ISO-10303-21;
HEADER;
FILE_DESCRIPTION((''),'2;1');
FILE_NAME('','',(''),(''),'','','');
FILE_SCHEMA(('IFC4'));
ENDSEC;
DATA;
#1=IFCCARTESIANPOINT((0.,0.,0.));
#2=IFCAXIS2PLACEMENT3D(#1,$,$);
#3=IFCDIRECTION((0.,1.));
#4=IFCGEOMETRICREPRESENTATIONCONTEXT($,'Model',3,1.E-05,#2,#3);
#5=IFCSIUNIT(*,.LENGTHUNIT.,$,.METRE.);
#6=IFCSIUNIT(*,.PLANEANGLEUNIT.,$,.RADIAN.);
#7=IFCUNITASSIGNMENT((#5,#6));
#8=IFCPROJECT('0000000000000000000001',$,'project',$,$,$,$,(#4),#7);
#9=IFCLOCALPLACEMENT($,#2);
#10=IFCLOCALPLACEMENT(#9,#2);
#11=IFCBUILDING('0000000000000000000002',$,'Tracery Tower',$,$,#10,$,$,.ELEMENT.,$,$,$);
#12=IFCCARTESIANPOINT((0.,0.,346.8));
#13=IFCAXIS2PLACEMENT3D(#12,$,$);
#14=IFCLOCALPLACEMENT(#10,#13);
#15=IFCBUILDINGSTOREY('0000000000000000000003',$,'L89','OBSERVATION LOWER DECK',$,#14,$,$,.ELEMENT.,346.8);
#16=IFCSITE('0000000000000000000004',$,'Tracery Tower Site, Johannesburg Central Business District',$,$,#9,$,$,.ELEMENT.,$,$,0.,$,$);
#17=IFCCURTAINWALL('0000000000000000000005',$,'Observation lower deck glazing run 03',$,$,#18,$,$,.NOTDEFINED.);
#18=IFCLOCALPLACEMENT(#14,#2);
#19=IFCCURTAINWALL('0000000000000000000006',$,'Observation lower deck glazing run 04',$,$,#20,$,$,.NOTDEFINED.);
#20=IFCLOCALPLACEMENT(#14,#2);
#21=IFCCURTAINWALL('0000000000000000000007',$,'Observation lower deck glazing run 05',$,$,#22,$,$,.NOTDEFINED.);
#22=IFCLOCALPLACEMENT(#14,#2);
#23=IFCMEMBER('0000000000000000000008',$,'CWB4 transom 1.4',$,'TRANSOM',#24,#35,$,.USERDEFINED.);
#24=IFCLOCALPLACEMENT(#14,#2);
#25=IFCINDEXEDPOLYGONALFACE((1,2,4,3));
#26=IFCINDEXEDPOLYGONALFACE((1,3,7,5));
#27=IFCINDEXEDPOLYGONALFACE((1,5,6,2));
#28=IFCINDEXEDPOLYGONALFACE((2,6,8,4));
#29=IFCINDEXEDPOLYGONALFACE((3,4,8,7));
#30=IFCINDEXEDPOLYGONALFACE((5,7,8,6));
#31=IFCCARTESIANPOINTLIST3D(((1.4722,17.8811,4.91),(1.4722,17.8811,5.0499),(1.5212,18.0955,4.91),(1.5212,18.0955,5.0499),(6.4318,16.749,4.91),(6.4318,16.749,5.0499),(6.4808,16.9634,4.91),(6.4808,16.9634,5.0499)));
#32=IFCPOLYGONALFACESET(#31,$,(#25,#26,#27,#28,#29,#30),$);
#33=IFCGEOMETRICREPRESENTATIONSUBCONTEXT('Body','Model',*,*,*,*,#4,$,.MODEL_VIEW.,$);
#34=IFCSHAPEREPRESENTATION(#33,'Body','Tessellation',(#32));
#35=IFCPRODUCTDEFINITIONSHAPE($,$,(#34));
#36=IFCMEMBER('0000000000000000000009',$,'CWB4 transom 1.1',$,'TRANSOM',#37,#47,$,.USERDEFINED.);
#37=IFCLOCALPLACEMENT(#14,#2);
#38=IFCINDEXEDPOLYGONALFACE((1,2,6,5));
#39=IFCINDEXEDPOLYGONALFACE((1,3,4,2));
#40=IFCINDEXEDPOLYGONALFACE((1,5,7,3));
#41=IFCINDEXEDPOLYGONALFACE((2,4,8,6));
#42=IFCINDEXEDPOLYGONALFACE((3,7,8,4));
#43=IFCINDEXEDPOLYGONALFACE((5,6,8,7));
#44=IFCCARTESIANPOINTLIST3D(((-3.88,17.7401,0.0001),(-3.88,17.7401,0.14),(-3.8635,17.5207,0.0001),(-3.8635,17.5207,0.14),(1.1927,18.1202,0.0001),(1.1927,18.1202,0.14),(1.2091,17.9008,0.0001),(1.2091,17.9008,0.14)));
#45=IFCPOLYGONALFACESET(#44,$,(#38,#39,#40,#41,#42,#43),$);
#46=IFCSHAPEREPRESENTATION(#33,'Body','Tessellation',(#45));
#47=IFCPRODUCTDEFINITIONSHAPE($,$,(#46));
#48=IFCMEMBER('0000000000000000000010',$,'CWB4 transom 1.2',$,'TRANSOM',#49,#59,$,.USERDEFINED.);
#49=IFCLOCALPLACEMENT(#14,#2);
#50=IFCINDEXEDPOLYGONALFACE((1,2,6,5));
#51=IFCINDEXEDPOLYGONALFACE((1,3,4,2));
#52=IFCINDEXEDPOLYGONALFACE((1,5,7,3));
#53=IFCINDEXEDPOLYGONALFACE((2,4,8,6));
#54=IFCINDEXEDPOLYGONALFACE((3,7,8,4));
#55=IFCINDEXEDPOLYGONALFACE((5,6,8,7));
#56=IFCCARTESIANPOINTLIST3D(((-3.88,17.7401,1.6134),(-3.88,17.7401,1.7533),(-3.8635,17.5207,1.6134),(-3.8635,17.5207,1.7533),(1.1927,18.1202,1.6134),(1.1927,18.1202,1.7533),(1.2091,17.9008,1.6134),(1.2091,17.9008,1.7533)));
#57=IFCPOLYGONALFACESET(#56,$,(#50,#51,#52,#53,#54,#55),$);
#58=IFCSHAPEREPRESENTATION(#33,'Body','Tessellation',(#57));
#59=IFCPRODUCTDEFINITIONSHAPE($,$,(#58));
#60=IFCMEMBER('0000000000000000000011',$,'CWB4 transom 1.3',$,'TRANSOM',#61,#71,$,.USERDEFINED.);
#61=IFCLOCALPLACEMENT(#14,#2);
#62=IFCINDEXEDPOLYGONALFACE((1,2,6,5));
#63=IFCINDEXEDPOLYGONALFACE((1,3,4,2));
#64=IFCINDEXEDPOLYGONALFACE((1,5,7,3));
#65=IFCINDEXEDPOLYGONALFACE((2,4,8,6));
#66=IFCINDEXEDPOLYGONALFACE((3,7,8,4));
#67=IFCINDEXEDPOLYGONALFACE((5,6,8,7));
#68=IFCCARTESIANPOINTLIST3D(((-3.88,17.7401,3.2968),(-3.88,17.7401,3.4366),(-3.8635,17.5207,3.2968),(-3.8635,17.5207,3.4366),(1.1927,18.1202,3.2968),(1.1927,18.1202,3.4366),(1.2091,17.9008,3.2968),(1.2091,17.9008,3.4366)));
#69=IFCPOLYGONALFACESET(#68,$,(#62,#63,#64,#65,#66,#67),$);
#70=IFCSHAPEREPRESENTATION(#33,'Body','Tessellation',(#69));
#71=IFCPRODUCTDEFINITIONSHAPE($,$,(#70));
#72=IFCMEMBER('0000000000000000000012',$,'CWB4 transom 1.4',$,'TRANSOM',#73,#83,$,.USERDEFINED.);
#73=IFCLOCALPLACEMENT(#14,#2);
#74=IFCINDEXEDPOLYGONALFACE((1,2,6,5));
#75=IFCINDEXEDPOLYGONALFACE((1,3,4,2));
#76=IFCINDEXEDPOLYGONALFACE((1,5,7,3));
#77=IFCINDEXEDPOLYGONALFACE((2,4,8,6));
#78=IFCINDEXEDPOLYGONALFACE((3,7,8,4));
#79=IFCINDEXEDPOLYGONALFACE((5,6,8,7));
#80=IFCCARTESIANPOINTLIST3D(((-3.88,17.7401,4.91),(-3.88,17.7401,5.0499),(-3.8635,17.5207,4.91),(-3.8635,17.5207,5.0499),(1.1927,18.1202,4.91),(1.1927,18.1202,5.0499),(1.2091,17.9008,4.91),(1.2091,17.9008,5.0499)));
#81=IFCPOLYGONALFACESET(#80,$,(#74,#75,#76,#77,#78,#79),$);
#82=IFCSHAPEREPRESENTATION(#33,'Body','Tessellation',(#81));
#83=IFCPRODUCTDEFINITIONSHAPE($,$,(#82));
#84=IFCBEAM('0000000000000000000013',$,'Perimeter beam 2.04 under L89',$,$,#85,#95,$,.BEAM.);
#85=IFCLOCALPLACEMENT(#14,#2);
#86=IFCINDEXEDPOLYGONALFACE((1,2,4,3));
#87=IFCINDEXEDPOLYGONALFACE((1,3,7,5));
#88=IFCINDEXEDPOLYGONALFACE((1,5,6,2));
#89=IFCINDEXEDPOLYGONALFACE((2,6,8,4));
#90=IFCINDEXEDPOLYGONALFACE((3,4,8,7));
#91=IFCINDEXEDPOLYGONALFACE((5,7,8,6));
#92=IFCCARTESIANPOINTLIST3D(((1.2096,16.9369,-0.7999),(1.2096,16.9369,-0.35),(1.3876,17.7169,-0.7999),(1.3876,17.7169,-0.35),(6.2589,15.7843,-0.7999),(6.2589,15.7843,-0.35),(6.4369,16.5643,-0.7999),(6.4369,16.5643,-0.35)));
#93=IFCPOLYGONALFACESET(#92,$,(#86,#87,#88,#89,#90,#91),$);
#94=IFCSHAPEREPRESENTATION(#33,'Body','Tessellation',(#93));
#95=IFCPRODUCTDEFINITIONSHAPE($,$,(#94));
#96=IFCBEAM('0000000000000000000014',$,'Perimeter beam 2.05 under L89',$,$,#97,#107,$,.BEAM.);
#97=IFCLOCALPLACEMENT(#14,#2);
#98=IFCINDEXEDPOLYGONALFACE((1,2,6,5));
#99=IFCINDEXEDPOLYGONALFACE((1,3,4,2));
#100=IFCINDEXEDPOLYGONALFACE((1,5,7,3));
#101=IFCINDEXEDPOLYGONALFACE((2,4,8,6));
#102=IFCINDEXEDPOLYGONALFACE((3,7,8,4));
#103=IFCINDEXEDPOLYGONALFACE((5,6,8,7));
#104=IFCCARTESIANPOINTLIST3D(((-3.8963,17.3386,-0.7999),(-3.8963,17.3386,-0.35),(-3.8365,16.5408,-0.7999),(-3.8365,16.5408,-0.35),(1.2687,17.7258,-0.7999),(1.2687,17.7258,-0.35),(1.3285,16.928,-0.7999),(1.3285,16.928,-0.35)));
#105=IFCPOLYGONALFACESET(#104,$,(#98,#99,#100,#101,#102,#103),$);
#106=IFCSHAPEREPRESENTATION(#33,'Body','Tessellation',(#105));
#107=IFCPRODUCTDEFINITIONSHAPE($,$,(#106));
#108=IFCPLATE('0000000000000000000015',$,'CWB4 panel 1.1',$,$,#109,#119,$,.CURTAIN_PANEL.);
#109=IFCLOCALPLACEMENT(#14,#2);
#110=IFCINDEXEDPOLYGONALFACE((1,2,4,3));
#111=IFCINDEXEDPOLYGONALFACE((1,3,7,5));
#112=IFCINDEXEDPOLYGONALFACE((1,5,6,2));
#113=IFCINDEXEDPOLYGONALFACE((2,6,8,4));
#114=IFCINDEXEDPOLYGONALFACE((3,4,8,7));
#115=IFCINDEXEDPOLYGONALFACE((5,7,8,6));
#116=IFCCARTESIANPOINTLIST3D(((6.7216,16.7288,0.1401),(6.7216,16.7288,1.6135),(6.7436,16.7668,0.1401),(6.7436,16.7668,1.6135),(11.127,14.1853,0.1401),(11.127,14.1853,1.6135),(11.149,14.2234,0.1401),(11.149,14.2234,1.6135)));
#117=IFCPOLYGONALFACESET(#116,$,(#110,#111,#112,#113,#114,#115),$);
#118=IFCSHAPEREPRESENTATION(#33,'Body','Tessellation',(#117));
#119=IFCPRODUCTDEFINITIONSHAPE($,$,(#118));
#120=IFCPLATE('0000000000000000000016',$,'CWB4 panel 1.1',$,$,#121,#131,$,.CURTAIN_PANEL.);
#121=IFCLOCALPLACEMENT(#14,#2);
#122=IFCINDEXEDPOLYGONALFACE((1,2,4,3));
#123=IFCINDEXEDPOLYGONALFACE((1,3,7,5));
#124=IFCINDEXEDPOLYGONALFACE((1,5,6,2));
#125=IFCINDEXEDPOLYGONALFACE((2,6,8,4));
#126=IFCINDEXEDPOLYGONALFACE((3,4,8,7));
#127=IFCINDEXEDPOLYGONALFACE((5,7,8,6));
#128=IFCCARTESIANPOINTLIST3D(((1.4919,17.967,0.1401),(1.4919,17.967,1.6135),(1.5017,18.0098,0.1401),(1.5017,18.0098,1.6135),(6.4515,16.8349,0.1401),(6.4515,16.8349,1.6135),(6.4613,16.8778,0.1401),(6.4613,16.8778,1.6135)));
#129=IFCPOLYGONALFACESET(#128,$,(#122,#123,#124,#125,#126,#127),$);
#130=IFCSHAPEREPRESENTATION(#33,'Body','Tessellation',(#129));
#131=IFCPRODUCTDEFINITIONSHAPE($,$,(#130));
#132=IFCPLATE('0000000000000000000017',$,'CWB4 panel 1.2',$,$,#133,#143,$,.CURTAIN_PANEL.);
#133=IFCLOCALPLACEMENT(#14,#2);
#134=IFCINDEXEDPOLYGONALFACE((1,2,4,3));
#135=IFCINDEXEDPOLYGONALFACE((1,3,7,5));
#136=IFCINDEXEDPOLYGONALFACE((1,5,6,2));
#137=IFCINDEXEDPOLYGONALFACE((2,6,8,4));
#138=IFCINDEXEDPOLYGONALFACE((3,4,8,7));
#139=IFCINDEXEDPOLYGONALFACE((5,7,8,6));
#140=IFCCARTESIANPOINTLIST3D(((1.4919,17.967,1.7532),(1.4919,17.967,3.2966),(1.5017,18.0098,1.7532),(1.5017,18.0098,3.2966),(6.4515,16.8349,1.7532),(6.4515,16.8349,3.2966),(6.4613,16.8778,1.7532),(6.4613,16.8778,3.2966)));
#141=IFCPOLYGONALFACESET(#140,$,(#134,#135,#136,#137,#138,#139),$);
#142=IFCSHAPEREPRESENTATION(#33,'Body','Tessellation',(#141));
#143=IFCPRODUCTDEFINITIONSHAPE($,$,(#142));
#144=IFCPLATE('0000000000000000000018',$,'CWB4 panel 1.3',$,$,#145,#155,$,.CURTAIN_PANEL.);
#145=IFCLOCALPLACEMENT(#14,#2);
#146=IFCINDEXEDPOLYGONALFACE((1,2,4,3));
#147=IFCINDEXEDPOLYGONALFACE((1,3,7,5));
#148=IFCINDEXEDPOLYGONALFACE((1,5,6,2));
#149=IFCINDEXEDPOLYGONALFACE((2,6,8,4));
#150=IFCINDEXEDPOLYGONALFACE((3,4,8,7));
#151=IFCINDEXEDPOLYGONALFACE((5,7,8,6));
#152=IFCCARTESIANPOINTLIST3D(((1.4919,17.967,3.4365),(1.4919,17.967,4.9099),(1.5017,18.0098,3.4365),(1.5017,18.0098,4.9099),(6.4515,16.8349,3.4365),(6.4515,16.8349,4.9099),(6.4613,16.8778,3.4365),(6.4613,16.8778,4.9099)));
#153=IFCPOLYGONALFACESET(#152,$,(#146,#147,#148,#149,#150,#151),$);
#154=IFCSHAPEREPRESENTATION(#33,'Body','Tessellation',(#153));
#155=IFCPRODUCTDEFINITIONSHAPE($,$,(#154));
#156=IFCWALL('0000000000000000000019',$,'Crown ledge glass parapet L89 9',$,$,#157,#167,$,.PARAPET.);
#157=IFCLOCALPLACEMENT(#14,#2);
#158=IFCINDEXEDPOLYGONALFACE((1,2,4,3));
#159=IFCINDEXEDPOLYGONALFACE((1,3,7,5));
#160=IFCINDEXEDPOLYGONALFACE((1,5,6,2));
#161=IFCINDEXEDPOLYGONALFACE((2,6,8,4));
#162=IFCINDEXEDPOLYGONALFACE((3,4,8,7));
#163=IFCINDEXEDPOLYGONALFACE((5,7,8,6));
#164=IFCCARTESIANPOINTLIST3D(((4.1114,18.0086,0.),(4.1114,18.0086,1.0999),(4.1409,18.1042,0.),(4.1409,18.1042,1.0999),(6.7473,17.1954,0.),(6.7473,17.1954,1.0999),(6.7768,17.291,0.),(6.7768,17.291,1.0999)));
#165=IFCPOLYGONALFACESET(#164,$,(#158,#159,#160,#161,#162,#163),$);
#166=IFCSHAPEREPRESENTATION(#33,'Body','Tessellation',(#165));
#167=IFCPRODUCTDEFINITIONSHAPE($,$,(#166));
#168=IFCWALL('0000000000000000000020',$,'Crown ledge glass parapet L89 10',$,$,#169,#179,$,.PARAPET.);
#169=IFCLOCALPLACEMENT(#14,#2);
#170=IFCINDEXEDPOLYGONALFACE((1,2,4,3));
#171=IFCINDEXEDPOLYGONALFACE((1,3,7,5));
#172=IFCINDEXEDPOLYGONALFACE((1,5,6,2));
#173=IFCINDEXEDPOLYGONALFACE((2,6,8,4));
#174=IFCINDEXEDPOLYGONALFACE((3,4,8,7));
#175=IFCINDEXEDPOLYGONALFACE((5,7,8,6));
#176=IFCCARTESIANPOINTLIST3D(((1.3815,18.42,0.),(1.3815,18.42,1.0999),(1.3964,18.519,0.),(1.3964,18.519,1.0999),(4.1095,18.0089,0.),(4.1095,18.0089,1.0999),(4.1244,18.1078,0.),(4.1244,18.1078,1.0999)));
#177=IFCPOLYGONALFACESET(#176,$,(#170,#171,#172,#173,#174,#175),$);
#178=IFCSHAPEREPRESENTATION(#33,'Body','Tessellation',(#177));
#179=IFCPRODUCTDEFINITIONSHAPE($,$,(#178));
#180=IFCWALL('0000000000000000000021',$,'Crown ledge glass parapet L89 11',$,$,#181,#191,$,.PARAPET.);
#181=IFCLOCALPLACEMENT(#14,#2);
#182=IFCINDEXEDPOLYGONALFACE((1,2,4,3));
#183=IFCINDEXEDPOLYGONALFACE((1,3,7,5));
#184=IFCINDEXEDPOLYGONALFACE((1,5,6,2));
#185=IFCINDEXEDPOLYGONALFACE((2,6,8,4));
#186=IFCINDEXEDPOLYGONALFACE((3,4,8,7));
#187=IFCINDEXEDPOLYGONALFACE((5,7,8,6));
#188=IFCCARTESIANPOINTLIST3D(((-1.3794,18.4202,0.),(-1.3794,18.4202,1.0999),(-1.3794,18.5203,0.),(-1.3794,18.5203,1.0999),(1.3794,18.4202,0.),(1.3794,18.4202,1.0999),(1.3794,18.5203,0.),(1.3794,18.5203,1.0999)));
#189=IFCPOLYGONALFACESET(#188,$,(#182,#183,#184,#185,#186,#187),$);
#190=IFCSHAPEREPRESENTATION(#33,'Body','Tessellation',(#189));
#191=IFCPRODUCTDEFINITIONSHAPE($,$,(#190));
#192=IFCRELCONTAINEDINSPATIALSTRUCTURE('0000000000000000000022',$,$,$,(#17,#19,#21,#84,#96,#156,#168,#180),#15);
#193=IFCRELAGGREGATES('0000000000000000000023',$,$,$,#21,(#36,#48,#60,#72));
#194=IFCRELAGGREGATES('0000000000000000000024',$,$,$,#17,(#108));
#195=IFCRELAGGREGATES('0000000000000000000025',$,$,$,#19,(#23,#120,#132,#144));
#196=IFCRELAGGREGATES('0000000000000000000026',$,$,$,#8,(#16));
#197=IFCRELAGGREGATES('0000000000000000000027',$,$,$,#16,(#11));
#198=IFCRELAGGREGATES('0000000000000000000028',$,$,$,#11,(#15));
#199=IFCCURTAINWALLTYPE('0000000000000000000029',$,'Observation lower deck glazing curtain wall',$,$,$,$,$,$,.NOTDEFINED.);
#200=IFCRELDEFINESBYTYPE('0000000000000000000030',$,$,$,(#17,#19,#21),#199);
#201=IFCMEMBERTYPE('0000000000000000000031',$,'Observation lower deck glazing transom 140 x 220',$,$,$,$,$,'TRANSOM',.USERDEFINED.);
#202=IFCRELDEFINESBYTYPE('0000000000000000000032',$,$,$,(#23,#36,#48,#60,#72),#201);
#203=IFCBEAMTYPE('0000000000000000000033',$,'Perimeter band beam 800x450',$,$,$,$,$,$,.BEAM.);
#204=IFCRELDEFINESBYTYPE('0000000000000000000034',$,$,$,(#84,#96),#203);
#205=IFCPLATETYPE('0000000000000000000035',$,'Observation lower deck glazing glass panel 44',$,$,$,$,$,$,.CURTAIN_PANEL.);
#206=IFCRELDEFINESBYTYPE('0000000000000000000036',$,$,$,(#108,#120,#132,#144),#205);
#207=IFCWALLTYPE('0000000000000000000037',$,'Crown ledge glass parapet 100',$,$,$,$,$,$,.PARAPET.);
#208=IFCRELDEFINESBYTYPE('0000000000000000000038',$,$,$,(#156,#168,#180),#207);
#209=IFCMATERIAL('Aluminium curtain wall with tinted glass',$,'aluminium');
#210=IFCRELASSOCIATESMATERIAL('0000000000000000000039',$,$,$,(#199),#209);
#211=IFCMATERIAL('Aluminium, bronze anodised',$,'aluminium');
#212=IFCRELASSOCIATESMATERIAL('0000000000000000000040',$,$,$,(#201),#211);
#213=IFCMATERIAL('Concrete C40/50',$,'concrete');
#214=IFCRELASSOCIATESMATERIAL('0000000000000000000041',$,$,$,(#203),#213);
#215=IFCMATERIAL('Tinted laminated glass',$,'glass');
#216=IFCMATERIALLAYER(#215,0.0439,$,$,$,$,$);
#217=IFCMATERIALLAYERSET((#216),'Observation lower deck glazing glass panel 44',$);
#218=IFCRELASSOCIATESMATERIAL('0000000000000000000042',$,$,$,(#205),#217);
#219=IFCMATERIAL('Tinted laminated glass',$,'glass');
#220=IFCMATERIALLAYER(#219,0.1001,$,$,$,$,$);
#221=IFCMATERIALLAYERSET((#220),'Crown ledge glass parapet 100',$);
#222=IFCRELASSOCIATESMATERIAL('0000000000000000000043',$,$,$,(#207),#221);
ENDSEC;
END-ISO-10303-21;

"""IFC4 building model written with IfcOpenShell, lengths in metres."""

from ifc_helpers import new_model, si_unit, direction, frame, frame_2d, origin, origin_2d, place, context, subcontext, project, spatial, rectangle, extrude, material, layer, layer_set, material_profile, profile_set, type_object, element, aggregate, save


model = new_model("IFC4")

# Units and contexts
model_context = context("Model", 3, precision=1e-05, world=origin(), true_north=direction((0.0, 1.0)))
body_context = subcontext(model_context, "Body", "Model", "MODEL_VIEW")
ifc_project = project(units=[si_unit("LENGTHUNIT", "METRE"), si_unit("PLANEANGLEUNIT", "RADIAN")], contexts=[model_context])

# Site, building, storey
site_placement = place(None, origin())
site = spatial("IfcSite", under=ifc_project, at=site_placement, Name="Tracery Tower Site, Johannesburg Central Business District", CompositionType="ELEMENT", RefElevation=0.0)
building_placement = place(site_placement, origin())
building = spatial("IfcBuilding", under=site, at=building_placement, Name="Tracery Tower", CompositionType="ELEMENT")
storey_placement = place(building_placement, frame((0.0, 0.0, 346.8)))
storey = spatial("IfcBuildingStorey", under=building, at=storey_placement, Name="L89", Description="OBSERVATION LOWER DECK", CompositionType="ELEMENT", Elevation=346.8)

# Curtain wall
ifc_material_1 = material(Name="Aluminium curtain wall with tinted glass", Category="aluminium")
curtain_wall_type = type_object("IfcCurtainWallType", Name="Observation lower deck glazing curtain wall", PredefinedType="NOTDEFINED", material=ifc_material_1)
curtain_wall_1_placement = place(storey_placement, origin())
curtain_wall_1 = element("IfcCurtainWall", 1, at=curtain_wall_1_placement, inside=storey, type_object=curtain_wall_type, Name="Observation lower deck glazing run 03", PredefinedType="NOTDEFINED")

# Curtain wall
curtain_wall_2_placement = place(storey_placement, origin())
curtain_wall_2 = element("IfcCurtainWall", 2, at=curtain_wall_2_placement, inside=storey, type_object=curtain_wall_type, Name="Observation lower deck glazing run 04", PredefinedType="NOTDEFINED")

# Curtain wall
curtain_wall_3_placement = place(storey_placement, origin())
curtain_wall_3 = element("IfcCurtainWall", 3, at=curtain_wall_3_placement, inside=storey, type_object=curtain_wall_type, Name="Observation lower deck glazing run 05", PredefinedType="NOTDEFINED")

# Members
ifc_material_2 = material(Name="Aluminium, bronze anodised", Category="aluminium")
ifc_material_profile_1 = material_profile(ifc_material_2, rectangle(XDim=0.22, YDim=0.1399, at=origin_2d()), Name="Observation lower deck glazing transom 140 x 220")
ifc_profile_set_1 = profile_set([ifc_material_profile_1], Name="Aluminium, bronze anodised")
member_type_1 = type_object("IfcMemberType", Name="Observation lower deck glazing transom 140 x 220", ElementType="TRANSOM", PredefinedType="USERDEFINED", material=ifc_profile_set_1)
member_1_placement = place(storey_placement, frame((6.4563, 16.8562, 4.98), z_axis=(-0.974923, 0.222542, 0.0), x_axis=(-0.222542, -0.974923, 0.0)))
member_1 = element("IfcMember", 4, at=member_1_placement, type_object=member_type_1, Name="CWB4 transom 1.4", ObjectType="TRANSOM", PredefinedType="USERDEFINED", context=body_context, shape_type="SweptSolid", body=[
    extrude(rectangle(XDim=0.22, YDim=0.1399, at=origin_2d()), origin(), (0.0, 0.0, 1.0), 5.0872),
])
member_2_placement = place(storey_placement, frame((1.2009, 18.0105, 0.0701), z_axis=(-0.997204, -0.074726, 0.0), x_axis=(0.074726, -0.997204, 0.0)))
member_2 = element("IfcMember", 5, at=member_2_placement, type_object=member_type_1, Name="CWB4 transom 1.1", ObjectType="TRANSOM", PredefinedType="USERDEFINED", context=body_context, shape_type="SweptSolid", body=[
    extrude(rectangle(XDim=0.22, YDim=0.1399, at=origin_2d()), origin(), (0.0, 0.0, 1.0), 5.0869),
])
member_3_placement = place(storey_placement, frame((1.2009, 18.0105, 1.6833), z_axis=(-0.997204, -0.074726, 0.0), x_axis=(0.074726, -0.997204, 0.0)))
member_3 = element("IfcMember", 6, at=member_3_placement, type_object=member_type_1, Name="CWB4 transom 1.2", ObjectType="TRANSOM", PredefinedType="USERDEFINED", context=body_context, shape_type="SweptSolid", body=[
    extrude(rectangle(XDim=0.22, YDim=0.1399, at=origin_2d()), origin(), (0.0, 0.0, 1.0), 5.0869),
])
member_4_placement = place(storey_placement, frame((1.2009, 18.0105, 3.3667), z_axis=(-0.997204, -0.074726, 0.0), x_axis=(0.074726, -0.997204, 0.0)))
member_4 = element("IfcMember", 7, at=member_4_placement, type_object=member_type_1, Name="CWB4 transom 1.3", ObjectType="TRANSOM", PredefinedType="USERDEFINED", context=body_context, shape_type="SweptSolid", body=[
    extrude(rectangle(XDim=0.22, YDim=0.1399, at=origin_2d()), origin(), (0.0, 0.0, 1.0), 5.0869),
])
member_5_placement = place(storey_placement, frame((1.2009, 18.0105, 4.98), z_axis=(-0.997204, -0.074726, 0.0), x_axis=(0.074726, -0.997204, 0.0)))
member_5 = element("IfcMember", 8, at=member_5_placement, type_object=member_type_1, Name="CWB4 transom 1.4", ObjectType="TRANSOM", PredefinedType="USERDEFINED", context=body_context, shape_type="SweptSolid", body=[
    extrude(rectangle(XDim=0.22, YDim=0.1399, at=origin_2d()), origin(), (0.0, 0.0, 1.0), 5.0869),
])
aggregate(curtain_wall_3, [member_2, member_3, member_4, member_5])

# Beams
ifc_material_3 = material(Name="Concrete C40/50", Category="concrete")
ifc_material_profile_2 = material_profile(ifc_material_3, rectangle(XDim=0.8, YDim=0.45, at=origin_2d()), Name="RC 800x450")
ifc_profile_set_2 = profile_set([ifc_material_profile_2], Name="Concrete C40/50")
beam_type = type_object("IfcBeamType", Name="Perimeter band beam 800x450", PredefinedType="BEAM", material=ifc_profile_set_2)
beam_1_placement = place(storey_placement, frame((6.3479, 16.1743, -0.575), z_axis=(-0.974923, 0.222542, 0.0), x_axis=(-0.222542, -0.974923, 0.0)))
element("IfcBeam", 9, at=beam_1_placement, inside=storey, type_object=beam_type, Name="Perimeter beam 2.04 under L89", PredefinedType="BEAM", context=body_context, shape_type="SweptSolid", body=[
    extrude(rectangle(XDim=0.8, YDim=0.45, at=origin_2d()), origin(), (0.0, 0.0, 1.0), 5.1792),
])
beam_2_placement = place(storey_placement, frame((1.2986, 17.3269, -0.575), z_axis=(-0.997202, -0.074757, 0.0), x_axis=(0.074757, -0.997202, 0.0)))
element("IfcBeam", 10, at=beam_2_placement, inside=storey, type_object=beam_type, Name="Perimeter beam 2.05 under L89", PredefinedType="BEAM", context=body_context, shape_type="SweptSolid", body=[
    extrude(rectangle(XDim=0.8, YDim=0.45, at=origin_2d()), origin(), (0.0, 0.0, 1.0), 5.1794),
])

# Plates
ifc_material_4 = material(Name="Tinted laminated glass", Category="glass")
ifc_layer_1 = layer(ifc_material_4, 0.0439)
ifc_layer_set_1 = layer_set([ifc_layer_1], Name="Observation lower deck glazing glass panel 44")
plate_type = type_object("IfcPlateType", Name="Observation lower deck glazing glass panel 44", PredefinedType="CURTAIN_PANEL", material=ifc_layer_set_1)
plate_1_placement = place(storey_placement, frame((8.9353, 15.4761, 0.1401), z_axis=(0.0, 0.0, 1.0), x_axis=(-0.866026, 0.5, 0.0)))
plate_1 = element("IfcPlate", 11, at=plate_1_placement, type_object=plate_type, Name="CWB4 panel 1.1", PredefinedType="CURTAIN_PANEL", context=body_context, shape_type="SweptSolid", body=[
    extrude(rectangle(XDim=5.0869, YDim=0.0439, at=origin_2d()), origin(), (0.0, 0.0, 1.0), 1.4734),
])
aggregate(curtain_wall_1, [plate_1])
plate_2_placement = place(storey_placement, frame((3.9766, 17.4224, 0.1401), z_axis=(0.0, 0.0, 1.0), x_axis=(-0.974925, 0.222533, 0.0)))
plate_2 = element("IfcPlate", 12, at=plate_2_placement, type_object=plate_type, Name="CWB4 panel 1.1", PredefinedType="CURTAIN_PANEL", context=body_context, shape_type="SweptSolid", body=[
    extrude(rectangle(XDim=5.0872, YDim=0.0439, at=origin_2d()), origin(), (0.0, 0.0, 1.0), 1.4734),
])
plate_3_placement = place(storey_placement, frame((3.9766, 17.4224, 1.7532), z_axis=(0.0, 0.0, 1.0), x_axis=(-0.974925, 0.222533, 0.0)))
plate_3 = element("IfcPlate", 13, at=plate_3_placement, type_object=plate_type, Name="CWB4 panel 1.2", PredefinedType="CURTAIN_PANEL", context=body_context, shape_type="SweptSolid", body=[
    extrude(rectangle(XDim=5.0872, YDim=0.0439, at=origin_2d()), origin(), (0.0, 0.0, 1.0), 1.5435),
])
plate_4_placement = place(storey_placement, frame((3.9766, 17.4224, 3.4365), z_axis=(0.0, 0.0, 1.0), x_axis=(-0.974925, 0.222533, 0.0)))
plate_4 = element("IfcPlate", 14, at=plate_4_placement, type_object=plate_type, Name="CWB4 panel 1.3", PredefinedType="CURTAIN_PANEL", context=body_context, shape_type="SweptSolid", body=[
    extrude(rectangle(XDim=5.0872, YDim=0.0439, at=origin_2d()), origin(), (0.0, 0.0, 1.0), 1.4734),
])
aggregate(curtain_wall_2, [member_1, plate_2, plate_3, plate_4])

# Walls
ifc_material_5 = material(Name="Tinted laminated glass", Category="glass")
ifc_layer_2 = layer(ifc_material_5, 0.1001)
ifc_layer_set_2 = layer_set([ifc_layer_2], Name="Crown ledge glass parapet 100")
wall_type = type_object("IfcWallType", Name="Crown ledge glass parapet 100", PredefinedType="PARAPET", material=ifc_layer_set_2)
wall_placement = place(storey_placement, frame((6.7622, 17.2432, 0.0), z_axis=(0.0, 0.0, 1.0), x_axis=(-0.955559, 0.294801, 0.0)))
element("IfcWall", 15, at=wall_placement, inside=storey, type_object=wall_type, Name="Crown ledge glass parapet L89 9", PredefinedType="PARAPET", context=body_context, shape_type="SweptSolid", body=[
    extrude(rectangle(XDim=2.7585, YDim=0.1001, at=frame_2d((1.3794, 0.0))), origin(), (0.0, 0.0, 1.0), 1.0999),
])
for number, where, z_axis, x_axis, name in (
    (16, (4.1169, 18.0583, 0.0), (0.0, 0.0, 1.0), (-0.988834, 0.149024, 0.0), "Crown ledge glass parapet L89 10"),
    (17, (1.3794, 18.4702, 0.0), (0.0, 0.0, 1.0), (-1.0, 0.0, 0.0), "Crown ledge glass parapet L89 11"),
):
    element("IfcWall", number, at=place(storey_placement, frame(where, z_axis=z_axis, x_axis=x_axis)), inside=storey, type_object=wall_type, Name=name, PredefinedType="PARAPET", context=body_context, shape_type="SweptSolid", body=[
        extrude(rectangle(XDim=2.7588, YDim=0.1001, at=frame_2d((1.3794, 0.0))), origin(), (0.0, 0.0, 1.0), 1.0999),
    ])

save(model, "model.ifc")
